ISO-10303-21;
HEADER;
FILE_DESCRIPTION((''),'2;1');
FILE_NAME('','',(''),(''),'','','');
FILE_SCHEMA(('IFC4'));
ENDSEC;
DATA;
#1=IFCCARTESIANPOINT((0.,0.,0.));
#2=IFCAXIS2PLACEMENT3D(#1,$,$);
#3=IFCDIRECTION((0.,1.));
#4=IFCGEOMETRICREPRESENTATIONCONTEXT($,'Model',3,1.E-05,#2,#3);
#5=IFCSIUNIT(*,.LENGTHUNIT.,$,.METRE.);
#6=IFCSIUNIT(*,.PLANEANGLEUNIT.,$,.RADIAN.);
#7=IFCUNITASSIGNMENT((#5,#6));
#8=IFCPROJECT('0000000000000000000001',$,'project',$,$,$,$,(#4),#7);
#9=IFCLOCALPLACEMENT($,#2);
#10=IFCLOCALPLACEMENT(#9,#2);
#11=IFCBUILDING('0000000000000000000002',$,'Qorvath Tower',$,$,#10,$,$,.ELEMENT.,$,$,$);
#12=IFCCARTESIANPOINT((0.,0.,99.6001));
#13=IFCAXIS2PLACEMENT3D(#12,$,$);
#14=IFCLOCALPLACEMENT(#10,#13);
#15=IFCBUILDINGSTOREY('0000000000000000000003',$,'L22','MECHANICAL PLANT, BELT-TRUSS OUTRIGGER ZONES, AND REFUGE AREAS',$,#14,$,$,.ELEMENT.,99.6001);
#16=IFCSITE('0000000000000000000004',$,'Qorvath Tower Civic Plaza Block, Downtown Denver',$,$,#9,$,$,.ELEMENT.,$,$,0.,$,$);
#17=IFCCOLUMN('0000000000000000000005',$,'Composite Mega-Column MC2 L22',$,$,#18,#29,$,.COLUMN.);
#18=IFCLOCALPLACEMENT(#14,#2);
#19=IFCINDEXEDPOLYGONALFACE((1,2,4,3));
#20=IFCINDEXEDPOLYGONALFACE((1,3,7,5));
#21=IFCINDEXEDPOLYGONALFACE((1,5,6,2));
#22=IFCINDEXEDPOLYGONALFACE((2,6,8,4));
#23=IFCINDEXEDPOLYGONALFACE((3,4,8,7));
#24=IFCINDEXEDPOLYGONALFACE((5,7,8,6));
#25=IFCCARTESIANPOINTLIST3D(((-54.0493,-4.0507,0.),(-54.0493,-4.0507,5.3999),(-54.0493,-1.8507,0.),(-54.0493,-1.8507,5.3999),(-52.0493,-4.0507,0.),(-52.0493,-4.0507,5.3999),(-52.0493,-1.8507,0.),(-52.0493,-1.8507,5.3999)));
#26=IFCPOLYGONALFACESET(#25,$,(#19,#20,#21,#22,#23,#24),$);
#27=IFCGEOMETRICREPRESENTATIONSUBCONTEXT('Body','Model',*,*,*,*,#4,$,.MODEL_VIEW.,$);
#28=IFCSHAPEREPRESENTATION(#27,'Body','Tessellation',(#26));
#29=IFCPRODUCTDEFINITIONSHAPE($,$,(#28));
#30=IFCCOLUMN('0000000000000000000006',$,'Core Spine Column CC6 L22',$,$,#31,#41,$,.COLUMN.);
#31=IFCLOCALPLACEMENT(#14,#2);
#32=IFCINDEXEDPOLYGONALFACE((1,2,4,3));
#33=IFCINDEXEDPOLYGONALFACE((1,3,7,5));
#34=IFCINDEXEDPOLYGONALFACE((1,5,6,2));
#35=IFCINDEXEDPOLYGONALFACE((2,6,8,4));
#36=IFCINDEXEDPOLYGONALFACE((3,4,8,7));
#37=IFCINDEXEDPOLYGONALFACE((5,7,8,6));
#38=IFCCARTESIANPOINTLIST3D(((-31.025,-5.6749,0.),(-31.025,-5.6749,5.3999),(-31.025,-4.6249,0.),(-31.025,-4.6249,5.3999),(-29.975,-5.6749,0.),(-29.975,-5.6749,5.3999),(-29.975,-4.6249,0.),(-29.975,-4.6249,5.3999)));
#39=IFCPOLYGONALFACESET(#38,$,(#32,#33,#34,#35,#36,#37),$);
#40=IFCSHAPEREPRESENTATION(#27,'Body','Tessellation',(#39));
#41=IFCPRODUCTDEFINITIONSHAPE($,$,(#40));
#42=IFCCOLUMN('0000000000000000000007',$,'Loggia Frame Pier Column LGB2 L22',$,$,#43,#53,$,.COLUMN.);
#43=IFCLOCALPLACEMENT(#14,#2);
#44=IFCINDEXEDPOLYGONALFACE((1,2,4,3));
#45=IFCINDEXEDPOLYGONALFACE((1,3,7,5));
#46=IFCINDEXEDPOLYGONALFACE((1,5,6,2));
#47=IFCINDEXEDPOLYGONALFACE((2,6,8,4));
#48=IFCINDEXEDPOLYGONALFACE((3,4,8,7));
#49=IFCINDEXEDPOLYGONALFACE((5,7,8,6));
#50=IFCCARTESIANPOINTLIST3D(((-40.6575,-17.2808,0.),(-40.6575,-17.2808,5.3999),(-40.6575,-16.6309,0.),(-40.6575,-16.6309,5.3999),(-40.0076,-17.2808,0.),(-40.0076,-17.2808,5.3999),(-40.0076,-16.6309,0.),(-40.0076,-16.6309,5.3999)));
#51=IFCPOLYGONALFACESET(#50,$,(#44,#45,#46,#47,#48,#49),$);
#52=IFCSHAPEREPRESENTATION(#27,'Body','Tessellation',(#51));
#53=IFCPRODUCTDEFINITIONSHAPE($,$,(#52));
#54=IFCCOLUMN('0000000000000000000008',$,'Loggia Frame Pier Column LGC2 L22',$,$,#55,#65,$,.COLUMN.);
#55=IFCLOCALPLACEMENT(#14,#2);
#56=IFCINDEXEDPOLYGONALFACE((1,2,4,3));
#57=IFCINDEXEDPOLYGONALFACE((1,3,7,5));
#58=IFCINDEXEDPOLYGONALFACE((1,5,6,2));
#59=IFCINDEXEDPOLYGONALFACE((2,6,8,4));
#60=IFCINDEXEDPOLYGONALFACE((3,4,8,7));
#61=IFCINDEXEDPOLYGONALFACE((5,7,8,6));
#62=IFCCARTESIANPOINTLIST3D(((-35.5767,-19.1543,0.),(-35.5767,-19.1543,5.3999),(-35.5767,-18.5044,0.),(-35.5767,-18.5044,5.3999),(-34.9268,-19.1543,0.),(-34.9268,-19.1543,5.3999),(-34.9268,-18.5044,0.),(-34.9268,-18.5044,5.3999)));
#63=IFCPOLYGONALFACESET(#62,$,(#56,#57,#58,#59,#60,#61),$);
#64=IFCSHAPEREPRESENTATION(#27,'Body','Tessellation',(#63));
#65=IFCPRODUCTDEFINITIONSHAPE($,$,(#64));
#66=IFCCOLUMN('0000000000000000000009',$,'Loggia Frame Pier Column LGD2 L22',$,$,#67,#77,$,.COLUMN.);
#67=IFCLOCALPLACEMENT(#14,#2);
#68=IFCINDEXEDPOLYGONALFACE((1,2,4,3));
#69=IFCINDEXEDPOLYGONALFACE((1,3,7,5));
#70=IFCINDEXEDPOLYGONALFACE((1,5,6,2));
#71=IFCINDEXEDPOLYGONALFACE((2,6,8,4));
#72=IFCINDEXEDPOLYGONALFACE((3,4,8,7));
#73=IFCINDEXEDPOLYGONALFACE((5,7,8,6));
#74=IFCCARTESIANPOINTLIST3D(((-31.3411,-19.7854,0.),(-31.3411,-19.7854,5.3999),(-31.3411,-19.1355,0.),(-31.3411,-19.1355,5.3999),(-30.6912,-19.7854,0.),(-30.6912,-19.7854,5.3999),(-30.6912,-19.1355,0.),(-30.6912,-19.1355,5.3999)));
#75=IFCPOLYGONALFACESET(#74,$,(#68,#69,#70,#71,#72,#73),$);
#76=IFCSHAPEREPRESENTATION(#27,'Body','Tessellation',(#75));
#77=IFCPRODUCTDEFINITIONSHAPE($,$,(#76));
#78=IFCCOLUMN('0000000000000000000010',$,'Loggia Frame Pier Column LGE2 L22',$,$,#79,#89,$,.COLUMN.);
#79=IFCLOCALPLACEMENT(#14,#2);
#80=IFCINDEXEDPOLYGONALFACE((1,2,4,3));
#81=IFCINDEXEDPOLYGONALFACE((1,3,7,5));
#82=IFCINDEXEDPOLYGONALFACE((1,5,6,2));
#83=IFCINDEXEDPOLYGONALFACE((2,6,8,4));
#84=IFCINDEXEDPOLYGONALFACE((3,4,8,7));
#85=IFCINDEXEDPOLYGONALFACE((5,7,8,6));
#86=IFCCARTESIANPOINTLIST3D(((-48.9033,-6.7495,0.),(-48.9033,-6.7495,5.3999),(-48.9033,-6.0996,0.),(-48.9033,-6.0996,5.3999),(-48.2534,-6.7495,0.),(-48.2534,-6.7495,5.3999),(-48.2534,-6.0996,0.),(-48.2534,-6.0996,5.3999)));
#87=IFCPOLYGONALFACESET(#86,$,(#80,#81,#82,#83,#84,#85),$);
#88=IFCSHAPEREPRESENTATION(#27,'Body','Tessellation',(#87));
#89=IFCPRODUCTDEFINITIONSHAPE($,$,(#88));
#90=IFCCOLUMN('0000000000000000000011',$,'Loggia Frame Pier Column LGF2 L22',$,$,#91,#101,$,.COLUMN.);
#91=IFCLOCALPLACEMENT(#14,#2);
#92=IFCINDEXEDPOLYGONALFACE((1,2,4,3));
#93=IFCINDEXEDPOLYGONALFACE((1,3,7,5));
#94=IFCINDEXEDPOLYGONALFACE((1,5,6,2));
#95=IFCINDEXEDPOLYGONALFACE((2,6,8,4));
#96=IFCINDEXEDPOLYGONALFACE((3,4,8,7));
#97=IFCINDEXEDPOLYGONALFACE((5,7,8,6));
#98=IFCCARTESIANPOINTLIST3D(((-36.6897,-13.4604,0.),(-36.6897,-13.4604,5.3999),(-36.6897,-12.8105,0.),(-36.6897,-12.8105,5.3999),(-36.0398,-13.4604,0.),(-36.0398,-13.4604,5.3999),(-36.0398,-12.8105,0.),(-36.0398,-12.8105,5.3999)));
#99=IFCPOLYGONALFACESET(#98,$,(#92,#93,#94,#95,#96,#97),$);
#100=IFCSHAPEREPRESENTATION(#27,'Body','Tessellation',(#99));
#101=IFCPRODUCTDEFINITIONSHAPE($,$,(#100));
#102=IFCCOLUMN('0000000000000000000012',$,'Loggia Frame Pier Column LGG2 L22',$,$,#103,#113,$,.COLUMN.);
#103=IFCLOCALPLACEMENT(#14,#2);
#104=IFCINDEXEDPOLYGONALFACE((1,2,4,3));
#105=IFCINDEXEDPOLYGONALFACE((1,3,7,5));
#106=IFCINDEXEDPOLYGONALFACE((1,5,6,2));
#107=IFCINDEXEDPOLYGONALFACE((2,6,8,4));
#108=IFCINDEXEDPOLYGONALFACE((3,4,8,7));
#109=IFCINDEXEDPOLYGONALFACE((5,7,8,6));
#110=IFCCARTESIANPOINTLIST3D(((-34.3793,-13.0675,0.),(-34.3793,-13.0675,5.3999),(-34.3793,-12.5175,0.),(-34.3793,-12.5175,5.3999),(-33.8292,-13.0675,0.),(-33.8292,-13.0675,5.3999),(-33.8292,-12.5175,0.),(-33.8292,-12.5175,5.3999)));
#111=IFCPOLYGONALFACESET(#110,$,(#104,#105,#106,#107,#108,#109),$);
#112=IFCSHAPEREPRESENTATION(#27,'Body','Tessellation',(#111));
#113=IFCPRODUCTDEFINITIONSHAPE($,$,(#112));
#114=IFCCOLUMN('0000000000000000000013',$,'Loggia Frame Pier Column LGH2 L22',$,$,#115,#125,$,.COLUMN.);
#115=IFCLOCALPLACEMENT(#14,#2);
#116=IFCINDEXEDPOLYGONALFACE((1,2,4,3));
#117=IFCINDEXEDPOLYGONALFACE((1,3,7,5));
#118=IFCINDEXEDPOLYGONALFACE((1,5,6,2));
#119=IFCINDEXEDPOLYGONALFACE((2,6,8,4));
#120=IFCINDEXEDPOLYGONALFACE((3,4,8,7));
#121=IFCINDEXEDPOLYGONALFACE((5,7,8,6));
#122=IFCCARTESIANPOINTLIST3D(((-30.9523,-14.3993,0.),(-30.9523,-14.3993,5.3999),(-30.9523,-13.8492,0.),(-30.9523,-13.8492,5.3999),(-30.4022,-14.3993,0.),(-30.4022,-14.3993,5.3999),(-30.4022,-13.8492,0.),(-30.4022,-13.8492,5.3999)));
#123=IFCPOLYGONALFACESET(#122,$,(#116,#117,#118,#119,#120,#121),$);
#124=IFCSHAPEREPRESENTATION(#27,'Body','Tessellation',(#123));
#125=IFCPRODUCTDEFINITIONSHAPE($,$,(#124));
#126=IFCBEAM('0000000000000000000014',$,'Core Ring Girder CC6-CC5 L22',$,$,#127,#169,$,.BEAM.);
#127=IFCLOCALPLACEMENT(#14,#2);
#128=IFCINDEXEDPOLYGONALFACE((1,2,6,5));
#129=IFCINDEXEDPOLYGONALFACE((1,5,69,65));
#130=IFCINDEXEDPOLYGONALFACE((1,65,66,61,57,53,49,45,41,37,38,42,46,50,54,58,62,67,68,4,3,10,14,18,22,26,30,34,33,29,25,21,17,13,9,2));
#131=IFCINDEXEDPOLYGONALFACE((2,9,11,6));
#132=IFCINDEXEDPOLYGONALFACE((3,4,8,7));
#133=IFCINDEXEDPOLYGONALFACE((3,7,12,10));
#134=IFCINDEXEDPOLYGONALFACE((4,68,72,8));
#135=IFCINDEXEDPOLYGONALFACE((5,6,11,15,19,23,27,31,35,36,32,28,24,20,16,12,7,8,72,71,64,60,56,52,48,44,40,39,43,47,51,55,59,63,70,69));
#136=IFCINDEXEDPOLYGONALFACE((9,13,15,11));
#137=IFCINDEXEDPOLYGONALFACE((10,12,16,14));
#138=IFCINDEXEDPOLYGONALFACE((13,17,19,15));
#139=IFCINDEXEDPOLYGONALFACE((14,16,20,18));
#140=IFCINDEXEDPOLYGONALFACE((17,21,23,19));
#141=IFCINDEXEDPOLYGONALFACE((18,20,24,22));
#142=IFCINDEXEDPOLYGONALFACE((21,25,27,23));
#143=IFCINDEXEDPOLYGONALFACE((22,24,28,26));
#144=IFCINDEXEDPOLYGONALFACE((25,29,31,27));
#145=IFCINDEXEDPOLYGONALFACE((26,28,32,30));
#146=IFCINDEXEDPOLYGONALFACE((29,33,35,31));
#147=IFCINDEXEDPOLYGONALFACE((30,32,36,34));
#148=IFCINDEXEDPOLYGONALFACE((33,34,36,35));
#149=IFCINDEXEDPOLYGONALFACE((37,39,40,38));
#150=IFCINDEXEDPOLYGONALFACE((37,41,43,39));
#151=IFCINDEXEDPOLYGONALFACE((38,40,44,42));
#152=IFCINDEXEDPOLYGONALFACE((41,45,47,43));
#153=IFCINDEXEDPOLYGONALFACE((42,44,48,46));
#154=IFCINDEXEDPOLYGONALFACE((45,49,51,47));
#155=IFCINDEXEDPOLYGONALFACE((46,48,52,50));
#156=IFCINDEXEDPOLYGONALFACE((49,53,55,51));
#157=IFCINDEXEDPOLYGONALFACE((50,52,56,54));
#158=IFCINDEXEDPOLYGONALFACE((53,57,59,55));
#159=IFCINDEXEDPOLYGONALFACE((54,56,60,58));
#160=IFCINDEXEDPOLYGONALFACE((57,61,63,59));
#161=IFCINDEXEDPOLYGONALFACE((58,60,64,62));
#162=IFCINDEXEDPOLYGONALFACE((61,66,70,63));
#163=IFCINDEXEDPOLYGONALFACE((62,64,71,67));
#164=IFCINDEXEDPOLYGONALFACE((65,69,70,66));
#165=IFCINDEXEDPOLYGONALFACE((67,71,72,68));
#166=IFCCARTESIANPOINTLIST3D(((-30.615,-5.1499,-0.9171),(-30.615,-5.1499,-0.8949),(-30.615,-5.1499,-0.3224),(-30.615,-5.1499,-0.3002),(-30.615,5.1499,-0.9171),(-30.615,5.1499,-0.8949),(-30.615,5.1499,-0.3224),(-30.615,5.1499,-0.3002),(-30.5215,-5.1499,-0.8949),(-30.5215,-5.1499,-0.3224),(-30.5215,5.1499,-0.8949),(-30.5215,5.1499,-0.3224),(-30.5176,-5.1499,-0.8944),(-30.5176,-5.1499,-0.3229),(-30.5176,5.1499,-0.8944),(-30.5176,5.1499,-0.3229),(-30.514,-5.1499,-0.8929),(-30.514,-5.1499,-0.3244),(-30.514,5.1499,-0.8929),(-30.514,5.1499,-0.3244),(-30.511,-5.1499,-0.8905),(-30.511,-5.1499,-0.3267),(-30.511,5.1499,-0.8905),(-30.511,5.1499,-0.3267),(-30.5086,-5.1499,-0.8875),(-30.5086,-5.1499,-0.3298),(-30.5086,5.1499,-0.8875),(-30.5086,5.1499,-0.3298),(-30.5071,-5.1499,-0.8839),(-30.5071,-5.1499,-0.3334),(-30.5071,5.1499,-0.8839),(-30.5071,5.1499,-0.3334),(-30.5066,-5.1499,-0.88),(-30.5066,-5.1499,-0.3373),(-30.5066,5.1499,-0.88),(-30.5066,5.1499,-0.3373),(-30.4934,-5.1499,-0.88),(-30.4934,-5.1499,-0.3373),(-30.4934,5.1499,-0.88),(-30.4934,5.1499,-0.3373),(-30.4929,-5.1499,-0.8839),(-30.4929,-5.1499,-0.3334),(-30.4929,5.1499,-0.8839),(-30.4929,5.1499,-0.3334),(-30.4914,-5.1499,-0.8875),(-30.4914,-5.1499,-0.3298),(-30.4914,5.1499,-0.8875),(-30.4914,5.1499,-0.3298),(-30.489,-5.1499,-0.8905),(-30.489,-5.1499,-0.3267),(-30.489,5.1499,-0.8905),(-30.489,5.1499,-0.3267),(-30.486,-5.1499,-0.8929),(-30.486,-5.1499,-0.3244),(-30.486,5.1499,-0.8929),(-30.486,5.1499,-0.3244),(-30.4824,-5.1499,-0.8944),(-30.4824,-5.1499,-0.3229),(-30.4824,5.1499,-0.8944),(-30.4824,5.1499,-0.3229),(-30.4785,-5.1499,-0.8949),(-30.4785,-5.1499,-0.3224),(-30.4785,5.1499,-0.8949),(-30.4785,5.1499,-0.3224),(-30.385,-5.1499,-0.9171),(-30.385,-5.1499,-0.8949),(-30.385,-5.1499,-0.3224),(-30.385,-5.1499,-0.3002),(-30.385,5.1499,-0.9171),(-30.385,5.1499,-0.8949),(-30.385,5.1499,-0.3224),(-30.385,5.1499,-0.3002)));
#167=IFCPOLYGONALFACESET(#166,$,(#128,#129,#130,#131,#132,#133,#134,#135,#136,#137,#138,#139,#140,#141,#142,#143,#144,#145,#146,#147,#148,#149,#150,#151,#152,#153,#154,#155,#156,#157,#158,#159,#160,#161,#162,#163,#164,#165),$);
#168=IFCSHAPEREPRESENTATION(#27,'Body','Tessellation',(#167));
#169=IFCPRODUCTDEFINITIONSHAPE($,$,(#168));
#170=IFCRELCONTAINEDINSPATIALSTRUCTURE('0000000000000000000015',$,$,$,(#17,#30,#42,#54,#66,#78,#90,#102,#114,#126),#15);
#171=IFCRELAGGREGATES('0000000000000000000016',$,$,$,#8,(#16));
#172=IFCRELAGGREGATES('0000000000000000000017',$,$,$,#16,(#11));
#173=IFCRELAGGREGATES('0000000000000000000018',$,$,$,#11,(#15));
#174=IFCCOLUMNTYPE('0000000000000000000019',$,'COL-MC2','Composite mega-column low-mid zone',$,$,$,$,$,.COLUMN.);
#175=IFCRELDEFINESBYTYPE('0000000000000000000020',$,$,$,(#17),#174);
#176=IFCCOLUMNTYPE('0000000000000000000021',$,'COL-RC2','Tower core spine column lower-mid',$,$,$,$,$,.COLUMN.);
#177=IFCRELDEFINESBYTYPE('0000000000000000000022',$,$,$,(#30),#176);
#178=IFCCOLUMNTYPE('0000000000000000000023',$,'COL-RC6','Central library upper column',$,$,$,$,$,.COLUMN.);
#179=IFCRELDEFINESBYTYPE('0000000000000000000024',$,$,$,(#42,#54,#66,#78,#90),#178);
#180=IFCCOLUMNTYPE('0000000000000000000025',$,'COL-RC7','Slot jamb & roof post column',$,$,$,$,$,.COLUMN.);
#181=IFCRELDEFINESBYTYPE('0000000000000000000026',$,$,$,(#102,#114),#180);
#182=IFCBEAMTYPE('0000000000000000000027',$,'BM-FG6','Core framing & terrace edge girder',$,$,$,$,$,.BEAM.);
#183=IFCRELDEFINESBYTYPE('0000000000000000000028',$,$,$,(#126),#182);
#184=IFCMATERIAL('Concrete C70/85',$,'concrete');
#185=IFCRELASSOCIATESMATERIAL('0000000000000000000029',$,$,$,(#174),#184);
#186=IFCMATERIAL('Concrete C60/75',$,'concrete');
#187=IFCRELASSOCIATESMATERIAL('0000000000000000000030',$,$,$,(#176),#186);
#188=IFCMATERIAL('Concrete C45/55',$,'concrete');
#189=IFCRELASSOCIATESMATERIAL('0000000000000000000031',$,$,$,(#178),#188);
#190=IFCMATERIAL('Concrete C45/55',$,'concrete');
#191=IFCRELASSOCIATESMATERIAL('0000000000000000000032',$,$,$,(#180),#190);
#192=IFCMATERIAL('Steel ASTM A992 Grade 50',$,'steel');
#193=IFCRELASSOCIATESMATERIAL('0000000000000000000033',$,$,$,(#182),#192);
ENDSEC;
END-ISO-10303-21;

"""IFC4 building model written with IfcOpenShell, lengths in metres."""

from ifc_helpers import new_model, si_unit, direction, frame, origin, origin_2d, place, context, subcontext, project, spatial, rectangle, i_section, extrude, material, material_profile, profile_set, type_object, element, save


model = new_model("IFC4")

# Units and contexts
model_context = context("Model", 3, precision=1e-05, world=origin(), true_north=direction((0.0, 1.0)))
body_context = subcontext(model_context, "Body", "Model", "MODEL_VIEW")
ifc_project = project(units=[si_unit("LENGTHUNIT", "METRE"), si_unit("PLANEANGLEUNIT", "RADIAN")], contexts=[model_context])

# Site, building, storey
site_placement = place(None, origin())
site = spatial("IfcSite", under=ifc_project, at=site_placement, Name="Qorvath Tower Civic Plaza Block, Downtown Denver", CompositionType="ELEMENT", RefElevation=0.0)
building_placement = place(site_placement, origin())
building = spatial("IfcBuilding", under=site, at=building_placement, Name="Qorvath Tower", CompositionType="ELEMENT")
storey_placement = place(building_placement, frame((0.0, 0.0, 99.6001)))
storey = spatial("IfcBuildingStorey", under=building, at=storey_placement, Name="L22", Description="MECHANICAL PLANT, BELT-TRUSS OUTRIGGER ZONES, AND REFUGE AREAS", CompositionType="ELEMENT", Elevation=99.6001)

# Columns
ifc_material_1 = material(Name="Concrete C70/85", Category="concrete")
ifc_material_profile_1 = material_profile(ifc_material_1, rectangle(XDim=2.0, YDim=2.2, at=origin_2d()), Name="MC 2200x2000")
ifc_profile_set_1 = profile_set([ifc_material_profile_1], Name="Concrete C70/85")
column_type_1 = type_object("IfcColumnType", Name="COL-MC2", Description="Composite mega-column low-mid zone", PredefinedType="COLUMN", material=ifc_profile_set_1)
column_1_placement = place(storey_placement, frame((-53.0493, -2.9507, 0.0), z_axis=(0.0, 0.0, 1.0), x_axis=(1.0, 0.0, 0.0)))
element("IfcColumn", 1, at=column_1_placement, inside=storey, type_object=column_type_1, Name="Composite Mega-Column MC2 L22", PredefinedType="COLUMN", context=body_context, shape_type="SweptSolid", body=[
    extrude(rectangle(XDim=2.0, YDim=2.2, at=origin_2d()), origin(), (0.0, 0.0, 1.0), 5.3999),
])
ifc_material_2 = material(Name="Concrete C60/75", Category="concrete")
ifc_material_profile_2 = material_profile(ifc_material_2, rectangle(XDim=1.05, YDim=1.05, at=origin_2d()), Name="RC 1050x1050")
ifc_profile_set_2 = profile_set([ifc_material_profile_2], Name="Concrete C60/75")
column_type_2 = type_object("IfcColumnType", Name="COL-RC2", Description="Tower core spine column lower-mid", PredefinedType="COLUMN", material=ifc_profile_set_2)
column_2_placement = place(storey_placement, frame((-30.5, -5.1499, 0.0), z_axis=(0.0, 0.0, 1.0), x_axis=(1.0, 0.0, 0.0)))
element("IfcColumn", 2, at=column_2_placement, inside=storey, type_object=column_type_2, Name="Core Spine Column CC6 L22", PredefinedType="COLUMN", context=body_context, shape_type="SweptSolid", body=[
    extrude(rectangle(XDim=1.05, YDim=1.05, at=origin_2d()), origin(), (0.0, 0.0, 1.0), 5.3999),
])
ifc_material_3 = material(Name="Concrete C45/55", Category="concrete")
ifc_material_profile_3 = material_profile(ifc_material_3, rectangle(XDim=0.6499, YDim=0.6499, at=origin_2d()), Name="RC 650x650")
ifc_profile_set_3 = profile_set([ifc_material_profile_3], Name="Concrete C45/55")
column_type_3 = type_object("IfcColumnType", Name="COL-RC6", Description="Central library upper column", PredefinedType="COLUMN", material=ifc_profile_set_3)
for number, where, z_axis, x_axis, name in (
    (3, (-40.3325, -16.9558, 0.0), (0.0, 0.0, 1.0), (1.0, 0.0, 0.0), "Loggia Frame Pier Column LGB2 L22"),
    (4, (-35.2517, -18.8293, 0.0), (0.0, 0.0, 1.0), (1.0, 0.0, 0.0), "Loggia Frame Pier Column LGC2 L22"),
    (5, (-31.0161, -19.4604, 0.0), (0.0, 0.0, 1.0), (1.0, 0.0, 0.0), "Loggia Frame Pier Column LGD2 L22"),
    (6, (-48.5784, -6.4246, 0.0), (0.0, 0.0, 1.0), (1.0, 0.0, 0.0), "Loggia Frame Pier Column LGE2 L22"),
    (7, (-36.3647, -13.1355, 0.0), (0.0, 0.0, 1.0), (1.0, 0.0, 0.0), "Loggia Frame Pier Column LGF2 L22"),
):
    element("IfcColumn", number, at=place(storey_placement, frame(where, z_axis=z_axis, x_axis=x_axis)), inside=storey, type_object=column_type_3, Name=name, PredefinedType="COLUMN", context=body_context, shape_type="SweptSolid", body=[
        extrude(rectangle(XDim=0.6499, YDim=0.6499, at=origin_2d()), origin(), (0.0, 0.0, 1.0), 5.3999),
    ])
ifc_material_4 = material(Name="Concrete C45/55", Category="concrete")
ifc_material_profile_4 = material_profile(ifc_material_4, rectangle(XDim=0.55, YDim=0.55, at=origin_2d()), Name="RC 550x550")
ifc_profile_set_4 = profile_set([ifc_material_profile_4], Name="Concrete C45/55")
column_type_4 = type_object("IfcColumnType", Name="COL-RC7", Description="Slot jamb & roof post column", PredefinedType="COLUMN", material=ifc_profile_set_4)
for number, where, z_axis, x_axis, name in (
    (8, (-34.1042, -12.7925, 0.0), (0.0, 0.0, 1.0), (1.0, 0.0, 0.0), "Loggia Frame Pier Column LGG2 L22"),
    (9, (-30.6772, -14.1243, 0.0), (0.0, 0.0, 1.0), (1.0, 0.0, 0.0), "Loggia Frame Pier Column LGH2 L22"),
):
    element("IfcColumn", number, at=place(storey_placement, frame(where, z_axis=z_axis, x_axis=x_axis)), inside=storey, type_object=column_type_4, Name=name, PredefinedType="COLUMN", context=body_context, shape_type="SweptSolid", body=[
        extrude(rectangle(XDim=0.55, YDim=0.55, at=origin_2d()), origin(), (0.0, 0.0, 1.0), 5.3999),
    ])

# Beam
ifc_material_5 = material(Name="Steel ASTM A992 Grade 50", Category="steel")
ifc_material_profile_5 = material_profile(ifc_material_5, i_section(OverallWidth=0.23, OverallDepth=0.6169, WebThickness=0.0132, FlangeThickness=0.0222, FilletRadius=0.0149, at=origin_2d()), Name="W24x94")
ifc_profile_set_5 = profile_set([ifc_material_profile_5], Name="Steel ASTM A992 Grade 50")
beam_type_1 = type_object("IfcBeamType", Name="BM-FG6", Description="Core framing & terrace edge girder", PredefinedType="BEAM", material=ifc_profile_set_5)
beam_1_placement = place(storey_placement, frame((-30.5, -5.1499, -0.6086), z_axis=(0.0, 1.0, 0.0), x_axis=(-1.0, 0.0, 0.0)))
element("IfcBeam", 10, at=beam_1_placement, inside=storey, type_object=beam_type_1, Name="Core Ring Girder CC6-CC5 L22", PredefinedType="BEAM", context=body_context, shape_type="SweptSolid", body=[
    extrude(i_section(OverallWidth=0.23, OverallDepth=0.6169, WebThickness=0.0132, FlangeThickness=0.0222, FilletRadius=0.0149, at=origin_2d()), origin(), (0.0, 0.0, 1.0), 10.2998),
])

save(model, "model.ifc")
